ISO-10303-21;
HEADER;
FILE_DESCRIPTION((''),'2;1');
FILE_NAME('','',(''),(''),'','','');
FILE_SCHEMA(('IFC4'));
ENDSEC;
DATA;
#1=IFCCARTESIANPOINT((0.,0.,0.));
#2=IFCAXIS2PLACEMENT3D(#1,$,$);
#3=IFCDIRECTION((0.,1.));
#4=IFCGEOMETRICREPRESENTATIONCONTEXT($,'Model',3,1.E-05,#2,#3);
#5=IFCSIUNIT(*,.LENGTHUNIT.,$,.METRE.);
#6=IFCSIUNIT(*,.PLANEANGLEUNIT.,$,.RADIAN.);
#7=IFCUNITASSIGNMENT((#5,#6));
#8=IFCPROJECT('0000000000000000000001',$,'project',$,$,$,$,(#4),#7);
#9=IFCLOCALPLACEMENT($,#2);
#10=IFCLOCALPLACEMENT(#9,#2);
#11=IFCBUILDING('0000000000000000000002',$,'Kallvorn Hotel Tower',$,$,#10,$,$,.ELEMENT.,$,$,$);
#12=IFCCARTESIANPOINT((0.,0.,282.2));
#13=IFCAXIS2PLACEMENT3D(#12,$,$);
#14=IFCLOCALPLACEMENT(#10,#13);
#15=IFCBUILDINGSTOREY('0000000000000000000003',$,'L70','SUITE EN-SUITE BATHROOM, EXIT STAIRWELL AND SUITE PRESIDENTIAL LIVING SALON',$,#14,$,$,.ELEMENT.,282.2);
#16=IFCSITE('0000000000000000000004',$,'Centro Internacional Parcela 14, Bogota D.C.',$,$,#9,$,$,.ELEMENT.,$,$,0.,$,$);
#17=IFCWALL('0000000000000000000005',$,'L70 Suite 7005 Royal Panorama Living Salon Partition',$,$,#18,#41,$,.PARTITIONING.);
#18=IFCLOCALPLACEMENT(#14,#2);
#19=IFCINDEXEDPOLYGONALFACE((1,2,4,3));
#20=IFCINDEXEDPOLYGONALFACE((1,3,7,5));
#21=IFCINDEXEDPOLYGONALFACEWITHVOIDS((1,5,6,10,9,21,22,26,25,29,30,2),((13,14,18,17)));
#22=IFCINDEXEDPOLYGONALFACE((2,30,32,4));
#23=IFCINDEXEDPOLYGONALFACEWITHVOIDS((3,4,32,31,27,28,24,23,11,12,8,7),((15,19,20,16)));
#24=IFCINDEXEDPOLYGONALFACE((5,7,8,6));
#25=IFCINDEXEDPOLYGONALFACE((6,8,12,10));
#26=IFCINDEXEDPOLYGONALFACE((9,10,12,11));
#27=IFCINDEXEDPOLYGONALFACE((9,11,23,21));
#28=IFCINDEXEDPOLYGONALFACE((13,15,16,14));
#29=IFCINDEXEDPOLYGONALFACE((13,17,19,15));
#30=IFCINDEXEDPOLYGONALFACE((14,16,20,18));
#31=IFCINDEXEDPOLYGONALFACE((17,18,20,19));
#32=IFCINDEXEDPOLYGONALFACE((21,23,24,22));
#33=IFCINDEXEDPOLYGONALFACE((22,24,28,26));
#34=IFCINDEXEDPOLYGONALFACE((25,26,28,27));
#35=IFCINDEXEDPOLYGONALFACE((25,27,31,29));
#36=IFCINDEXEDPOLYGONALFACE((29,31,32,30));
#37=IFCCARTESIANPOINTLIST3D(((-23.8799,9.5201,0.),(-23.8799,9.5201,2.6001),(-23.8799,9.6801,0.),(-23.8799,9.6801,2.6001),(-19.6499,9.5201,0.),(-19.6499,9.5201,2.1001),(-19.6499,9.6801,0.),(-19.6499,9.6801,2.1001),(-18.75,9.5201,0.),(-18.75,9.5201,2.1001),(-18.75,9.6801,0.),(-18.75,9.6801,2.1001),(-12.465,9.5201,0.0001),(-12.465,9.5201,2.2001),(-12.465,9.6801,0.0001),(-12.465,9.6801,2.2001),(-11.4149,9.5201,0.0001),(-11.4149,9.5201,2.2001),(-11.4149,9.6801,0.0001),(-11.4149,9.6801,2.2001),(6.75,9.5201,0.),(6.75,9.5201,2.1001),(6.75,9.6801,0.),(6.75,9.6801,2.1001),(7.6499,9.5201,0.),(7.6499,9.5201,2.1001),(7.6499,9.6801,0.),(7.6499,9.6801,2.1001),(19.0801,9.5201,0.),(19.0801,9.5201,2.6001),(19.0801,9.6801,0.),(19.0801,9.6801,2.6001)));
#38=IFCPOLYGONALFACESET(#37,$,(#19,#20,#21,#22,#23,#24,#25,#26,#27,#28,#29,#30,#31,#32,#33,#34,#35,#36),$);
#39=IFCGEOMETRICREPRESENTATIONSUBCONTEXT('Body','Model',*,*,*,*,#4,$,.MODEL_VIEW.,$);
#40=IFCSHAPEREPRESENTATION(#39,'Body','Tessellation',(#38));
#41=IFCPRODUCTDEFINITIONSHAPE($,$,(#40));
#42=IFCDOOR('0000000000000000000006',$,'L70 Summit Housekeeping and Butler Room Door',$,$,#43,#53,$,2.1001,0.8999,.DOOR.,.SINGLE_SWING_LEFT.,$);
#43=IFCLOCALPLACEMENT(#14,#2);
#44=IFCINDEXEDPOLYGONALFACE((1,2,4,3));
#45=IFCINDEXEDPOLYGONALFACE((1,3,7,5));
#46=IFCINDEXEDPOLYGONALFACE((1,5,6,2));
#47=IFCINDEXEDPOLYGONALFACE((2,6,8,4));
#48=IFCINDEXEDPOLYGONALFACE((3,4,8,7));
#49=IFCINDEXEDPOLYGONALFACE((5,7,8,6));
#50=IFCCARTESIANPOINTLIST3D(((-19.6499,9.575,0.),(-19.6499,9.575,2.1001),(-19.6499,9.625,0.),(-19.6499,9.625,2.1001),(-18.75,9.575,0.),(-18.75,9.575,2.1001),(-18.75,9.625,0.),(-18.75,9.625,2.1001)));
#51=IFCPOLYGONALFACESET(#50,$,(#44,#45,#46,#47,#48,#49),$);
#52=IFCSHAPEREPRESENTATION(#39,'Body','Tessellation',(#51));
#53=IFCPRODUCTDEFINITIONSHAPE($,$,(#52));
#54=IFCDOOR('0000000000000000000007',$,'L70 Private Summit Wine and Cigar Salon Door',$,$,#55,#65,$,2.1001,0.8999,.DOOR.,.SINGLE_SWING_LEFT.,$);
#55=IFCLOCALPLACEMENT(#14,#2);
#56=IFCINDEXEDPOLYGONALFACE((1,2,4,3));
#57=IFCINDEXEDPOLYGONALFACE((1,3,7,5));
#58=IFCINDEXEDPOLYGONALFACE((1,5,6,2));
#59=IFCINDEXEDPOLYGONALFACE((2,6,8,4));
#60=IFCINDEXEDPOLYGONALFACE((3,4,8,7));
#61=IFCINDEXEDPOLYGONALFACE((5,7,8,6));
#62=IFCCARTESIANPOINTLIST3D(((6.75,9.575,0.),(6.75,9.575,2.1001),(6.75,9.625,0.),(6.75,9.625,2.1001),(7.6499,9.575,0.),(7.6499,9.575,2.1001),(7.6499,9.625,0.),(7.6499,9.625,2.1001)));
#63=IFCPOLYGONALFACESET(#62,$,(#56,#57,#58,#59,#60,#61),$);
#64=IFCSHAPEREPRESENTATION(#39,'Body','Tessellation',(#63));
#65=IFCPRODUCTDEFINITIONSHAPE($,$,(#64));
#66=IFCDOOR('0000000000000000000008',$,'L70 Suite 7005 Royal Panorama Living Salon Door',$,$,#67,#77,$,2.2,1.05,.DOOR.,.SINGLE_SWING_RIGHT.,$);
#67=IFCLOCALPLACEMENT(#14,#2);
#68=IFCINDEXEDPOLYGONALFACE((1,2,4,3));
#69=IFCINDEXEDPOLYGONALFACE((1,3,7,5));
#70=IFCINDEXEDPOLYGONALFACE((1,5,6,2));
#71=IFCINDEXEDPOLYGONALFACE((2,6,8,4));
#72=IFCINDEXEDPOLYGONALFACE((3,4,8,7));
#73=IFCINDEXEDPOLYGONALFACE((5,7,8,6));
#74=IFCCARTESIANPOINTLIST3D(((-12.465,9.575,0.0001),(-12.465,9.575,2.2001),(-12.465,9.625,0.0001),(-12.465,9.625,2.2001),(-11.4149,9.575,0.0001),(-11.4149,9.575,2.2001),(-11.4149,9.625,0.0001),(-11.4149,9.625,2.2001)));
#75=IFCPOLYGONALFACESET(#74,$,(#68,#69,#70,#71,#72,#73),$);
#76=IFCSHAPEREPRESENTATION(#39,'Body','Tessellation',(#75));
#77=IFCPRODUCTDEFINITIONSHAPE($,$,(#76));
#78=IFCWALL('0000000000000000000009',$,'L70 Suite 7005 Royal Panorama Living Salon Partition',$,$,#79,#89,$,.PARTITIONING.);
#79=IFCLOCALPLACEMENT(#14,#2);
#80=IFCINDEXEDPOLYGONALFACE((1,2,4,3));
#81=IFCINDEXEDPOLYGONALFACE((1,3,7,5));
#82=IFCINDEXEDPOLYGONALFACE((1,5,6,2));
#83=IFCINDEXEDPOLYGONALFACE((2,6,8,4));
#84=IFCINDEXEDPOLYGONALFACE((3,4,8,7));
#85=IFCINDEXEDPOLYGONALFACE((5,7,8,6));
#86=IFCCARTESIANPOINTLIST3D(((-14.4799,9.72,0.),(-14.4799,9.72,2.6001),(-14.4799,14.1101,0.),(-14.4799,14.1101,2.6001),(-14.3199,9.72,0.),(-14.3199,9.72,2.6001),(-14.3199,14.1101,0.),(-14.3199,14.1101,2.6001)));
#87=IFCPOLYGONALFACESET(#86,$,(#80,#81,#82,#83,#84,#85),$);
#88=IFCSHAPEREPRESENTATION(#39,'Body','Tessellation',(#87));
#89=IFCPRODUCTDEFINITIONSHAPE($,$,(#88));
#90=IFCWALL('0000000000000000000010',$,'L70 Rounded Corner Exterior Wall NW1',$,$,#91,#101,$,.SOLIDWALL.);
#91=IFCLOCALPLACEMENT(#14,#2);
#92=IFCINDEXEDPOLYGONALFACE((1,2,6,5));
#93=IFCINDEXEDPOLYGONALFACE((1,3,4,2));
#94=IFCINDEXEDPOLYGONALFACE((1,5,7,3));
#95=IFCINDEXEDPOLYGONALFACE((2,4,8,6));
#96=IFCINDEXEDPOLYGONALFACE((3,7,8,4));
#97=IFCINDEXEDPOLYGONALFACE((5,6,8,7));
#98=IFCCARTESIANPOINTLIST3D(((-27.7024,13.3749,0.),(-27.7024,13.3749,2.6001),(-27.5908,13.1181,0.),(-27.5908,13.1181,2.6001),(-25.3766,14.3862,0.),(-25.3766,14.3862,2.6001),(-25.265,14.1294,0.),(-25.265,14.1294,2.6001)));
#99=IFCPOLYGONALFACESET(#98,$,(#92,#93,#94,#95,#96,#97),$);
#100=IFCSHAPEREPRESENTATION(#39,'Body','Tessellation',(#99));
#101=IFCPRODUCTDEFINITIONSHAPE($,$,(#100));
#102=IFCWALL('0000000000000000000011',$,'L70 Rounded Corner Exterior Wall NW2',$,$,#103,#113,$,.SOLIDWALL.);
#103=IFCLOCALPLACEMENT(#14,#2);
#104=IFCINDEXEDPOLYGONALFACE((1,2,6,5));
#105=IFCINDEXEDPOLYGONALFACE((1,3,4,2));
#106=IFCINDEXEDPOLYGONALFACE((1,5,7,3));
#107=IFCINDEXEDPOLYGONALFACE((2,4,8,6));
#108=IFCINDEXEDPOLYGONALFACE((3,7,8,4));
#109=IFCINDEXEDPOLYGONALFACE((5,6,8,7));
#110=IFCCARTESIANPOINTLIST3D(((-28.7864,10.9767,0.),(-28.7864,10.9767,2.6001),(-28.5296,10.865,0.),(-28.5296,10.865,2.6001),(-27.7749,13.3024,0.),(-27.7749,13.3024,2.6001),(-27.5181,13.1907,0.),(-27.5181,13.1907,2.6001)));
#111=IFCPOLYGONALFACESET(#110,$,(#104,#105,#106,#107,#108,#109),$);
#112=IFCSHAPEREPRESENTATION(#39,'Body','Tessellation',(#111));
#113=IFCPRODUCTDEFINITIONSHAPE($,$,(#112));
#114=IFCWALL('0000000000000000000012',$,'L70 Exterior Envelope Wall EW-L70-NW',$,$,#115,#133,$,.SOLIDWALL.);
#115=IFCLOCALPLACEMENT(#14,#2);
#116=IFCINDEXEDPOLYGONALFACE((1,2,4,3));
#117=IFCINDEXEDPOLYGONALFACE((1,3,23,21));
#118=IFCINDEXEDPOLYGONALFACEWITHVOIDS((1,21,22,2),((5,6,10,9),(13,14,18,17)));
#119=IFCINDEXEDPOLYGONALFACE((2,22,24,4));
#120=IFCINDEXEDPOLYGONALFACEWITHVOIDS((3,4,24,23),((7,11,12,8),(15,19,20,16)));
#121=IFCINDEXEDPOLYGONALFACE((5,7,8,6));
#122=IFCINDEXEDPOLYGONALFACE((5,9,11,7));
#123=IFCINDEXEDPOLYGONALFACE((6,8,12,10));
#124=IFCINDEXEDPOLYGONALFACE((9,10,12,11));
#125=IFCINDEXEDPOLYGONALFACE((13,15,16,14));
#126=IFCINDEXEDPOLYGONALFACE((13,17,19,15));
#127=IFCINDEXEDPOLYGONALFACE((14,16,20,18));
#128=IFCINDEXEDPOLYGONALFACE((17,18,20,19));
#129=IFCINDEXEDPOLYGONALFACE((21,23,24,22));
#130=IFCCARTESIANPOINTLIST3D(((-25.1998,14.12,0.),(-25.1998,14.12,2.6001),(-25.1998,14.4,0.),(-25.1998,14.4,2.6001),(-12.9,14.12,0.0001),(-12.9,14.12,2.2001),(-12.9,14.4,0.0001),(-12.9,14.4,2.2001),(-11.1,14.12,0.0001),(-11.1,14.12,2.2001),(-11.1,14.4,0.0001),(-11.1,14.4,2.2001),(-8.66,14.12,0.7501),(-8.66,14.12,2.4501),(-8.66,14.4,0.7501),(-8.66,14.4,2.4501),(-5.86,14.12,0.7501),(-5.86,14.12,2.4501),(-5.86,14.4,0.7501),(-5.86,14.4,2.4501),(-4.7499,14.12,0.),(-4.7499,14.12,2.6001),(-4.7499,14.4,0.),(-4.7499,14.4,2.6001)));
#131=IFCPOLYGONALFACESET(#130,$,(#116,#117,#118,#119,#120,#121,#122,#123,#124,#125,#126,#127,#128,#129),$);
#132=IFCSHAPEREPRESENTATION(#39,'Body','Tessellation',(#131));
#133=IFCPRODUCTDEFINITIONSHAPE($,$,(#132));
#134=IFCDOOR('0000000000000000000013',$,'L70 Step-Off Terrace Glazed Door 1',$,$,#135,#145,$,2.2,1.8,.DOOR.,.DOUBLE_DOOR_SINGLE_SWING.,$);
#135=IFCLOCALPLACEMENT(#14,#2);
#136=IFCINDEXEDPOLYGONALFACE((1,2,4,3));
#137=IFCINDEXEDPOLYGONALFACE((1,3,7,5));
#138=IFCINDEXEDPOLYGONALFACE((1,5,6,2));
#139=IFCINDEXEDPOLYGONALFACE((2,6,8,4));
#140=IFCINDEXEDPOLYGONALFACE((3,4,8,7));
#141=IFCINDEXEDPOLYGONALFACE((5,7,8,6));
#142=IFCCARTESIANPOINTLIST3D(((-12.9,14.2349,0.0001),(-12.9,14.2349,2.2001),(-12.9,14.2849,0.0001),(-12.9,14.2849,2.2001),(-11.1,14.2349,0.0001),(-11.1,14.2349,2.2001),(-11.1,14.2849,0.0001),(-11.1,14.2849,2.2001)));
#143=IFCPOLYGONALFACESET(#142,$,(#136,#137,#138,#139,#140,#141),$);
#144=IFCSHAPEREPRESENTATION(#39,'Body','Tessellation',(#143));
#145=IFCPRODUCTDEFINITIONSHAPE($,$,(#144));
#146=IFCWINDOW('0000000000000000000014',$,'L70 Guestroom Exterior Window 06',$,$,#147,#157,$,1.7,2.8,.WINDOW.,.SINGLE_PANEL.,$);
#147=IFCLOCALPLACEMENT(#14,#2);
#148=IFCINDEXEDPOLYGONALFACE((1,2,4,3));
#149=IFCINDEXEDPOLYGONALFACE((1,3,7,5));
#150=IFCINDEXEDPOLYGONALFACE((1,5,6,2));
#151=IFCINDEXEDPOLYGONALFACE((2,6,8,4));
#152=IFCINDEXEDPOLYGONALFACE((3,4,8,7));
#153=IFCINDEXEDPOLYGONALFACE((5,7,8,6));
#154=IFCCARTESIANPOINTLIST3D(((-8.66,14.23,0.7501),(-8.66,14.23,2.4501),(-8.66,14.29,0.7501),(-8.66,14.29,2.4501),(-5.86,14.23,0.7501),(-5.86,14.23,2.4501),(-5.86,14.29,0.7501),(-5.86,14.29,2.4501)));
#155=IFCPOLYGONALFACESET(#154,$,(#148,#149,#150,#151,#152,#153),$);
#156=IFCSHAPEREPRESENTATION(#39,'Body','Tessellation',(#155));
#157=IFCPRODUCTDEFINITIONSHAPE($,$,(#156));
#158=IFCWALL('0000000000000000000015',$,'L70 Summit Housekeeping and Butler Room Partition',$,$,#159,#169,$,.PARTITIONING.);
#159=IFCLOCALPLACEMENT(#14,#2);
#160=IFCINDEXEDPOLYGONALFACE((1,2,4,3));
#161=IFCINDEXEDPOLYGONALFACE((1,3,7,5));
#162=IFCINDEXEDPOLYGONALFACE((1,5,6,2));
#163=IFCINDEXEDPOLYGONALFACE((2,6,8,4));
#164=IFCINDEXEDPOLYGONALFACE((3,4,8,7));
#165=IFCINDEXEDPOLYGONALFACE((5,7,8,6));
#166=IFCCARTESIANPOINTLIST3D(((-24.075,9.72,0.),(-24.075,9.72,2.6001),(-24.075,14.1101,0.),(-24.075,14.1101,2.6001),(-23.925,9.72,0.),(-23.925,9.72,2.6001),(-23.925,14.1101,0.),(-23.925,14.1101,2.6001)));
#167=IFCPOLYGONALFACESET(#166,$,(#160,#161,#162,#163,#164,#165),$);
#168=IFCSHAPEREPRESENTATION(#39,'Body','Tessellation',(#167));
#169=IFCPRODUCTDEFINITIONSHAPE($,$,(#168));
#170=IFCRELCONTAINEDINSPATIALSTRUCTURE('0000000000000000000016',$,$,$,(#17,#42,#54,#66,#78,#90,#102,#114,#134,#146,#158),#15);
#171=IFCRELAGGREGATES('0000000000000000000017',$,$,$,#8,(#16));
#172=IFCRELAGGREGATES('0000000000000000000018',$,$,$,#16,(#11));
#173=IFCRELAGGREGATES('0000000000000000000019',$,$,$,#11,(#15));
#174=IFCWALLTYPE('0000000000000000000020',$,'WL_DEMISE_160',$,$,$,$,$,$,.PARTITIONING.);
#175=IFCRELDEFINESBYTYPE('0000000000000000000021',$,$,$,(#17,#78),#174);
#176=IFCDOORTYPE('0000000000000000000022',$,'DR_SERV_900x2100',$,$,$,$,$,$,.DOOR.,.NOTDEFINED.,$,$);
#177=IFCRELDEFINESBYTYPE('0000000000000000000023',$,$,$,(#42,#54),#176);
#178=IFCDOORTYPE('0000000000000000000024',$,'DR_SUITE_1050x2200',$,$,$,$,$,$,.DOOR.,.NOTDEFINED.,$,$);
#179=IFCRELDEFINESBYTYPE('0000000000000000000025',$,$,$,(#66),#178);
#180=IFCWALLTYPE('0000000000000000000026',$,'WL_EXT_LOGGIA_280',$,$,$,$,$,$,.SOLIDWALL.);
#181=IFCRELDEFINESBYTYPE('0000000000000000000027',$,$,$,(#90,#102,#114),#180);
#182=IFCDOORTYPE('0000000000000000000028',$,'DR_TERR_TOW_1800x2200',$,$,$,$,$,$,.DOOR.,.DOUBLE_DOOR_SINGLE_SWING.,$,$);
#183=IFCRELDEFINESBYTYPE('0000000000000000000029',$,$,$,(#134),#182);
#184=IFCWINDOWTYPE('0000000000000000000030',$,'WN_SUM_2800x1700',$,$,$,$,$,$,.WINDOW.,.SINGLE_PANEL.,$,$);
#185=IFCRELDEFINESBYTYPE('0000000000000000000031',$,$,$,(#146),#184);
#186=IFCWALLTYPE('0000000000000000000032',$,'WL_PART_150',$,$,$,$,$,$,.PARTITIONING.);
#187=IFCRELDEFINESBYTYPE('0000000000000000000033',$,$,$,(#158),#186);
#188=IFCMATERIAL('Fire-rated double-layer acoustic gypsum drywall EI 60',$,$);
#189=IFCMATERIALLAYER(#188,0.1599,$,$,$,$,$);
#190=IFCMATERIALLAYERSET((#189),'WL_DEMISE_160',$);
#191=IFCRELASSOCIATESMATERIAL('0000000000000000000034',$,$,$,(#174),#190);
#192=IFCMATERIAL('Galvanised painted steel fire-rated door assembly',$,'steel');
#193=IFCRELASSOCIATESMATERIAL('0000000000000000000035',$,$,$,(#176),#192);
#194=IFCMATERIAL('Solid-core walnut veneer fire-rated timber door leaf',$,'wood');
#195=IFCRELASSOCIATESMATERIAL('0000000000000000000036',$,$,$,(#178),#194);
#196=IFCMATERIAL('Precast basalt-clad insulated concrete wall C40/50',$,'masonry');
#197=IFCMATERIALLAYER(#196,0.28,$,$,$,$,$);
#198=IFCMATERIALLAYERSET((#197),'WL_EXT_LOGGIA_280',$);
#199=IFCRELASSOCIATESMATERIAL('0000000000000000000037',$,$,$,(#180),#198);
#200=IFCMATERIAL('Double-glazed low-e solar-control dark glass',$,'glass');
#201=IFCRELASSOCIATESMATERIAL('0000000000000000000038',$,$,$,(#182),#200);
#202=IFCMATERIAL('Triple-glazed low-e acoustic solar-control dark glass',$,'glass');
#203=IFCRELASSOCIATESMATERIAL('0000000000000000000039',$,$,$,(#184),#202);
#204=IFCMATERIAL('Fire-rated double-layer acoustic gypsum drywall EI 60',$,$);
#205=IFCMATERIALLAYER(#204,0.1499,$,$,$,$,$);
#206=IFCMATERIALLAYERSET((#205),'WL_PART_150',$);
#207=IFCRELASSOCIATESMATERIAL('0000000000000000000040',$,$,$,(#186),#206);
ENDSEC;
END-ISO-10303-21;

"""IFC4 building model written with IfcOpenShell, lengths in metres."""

from ifc_helpers import new_model, si_unit, direction, frame, frame_2d, origin, place, context, subcontext, project, spatial, rectangle, extrude, material, layer, layer_set, type_object, element, fill, save


model = new_model("IFC4")

# Units and contexts
model_context = context("Model", 3, precision=1e-05, world=origin(), true_north=direction((0.0, 1.0)))
body_context = subcontext(model_context, "Body", "Model", "MODEL_VIEW")
ifc_project = project(units=[si_unit("LENGTHUNIT", "METRE"), si_unit("PLANEANGLEUNIT", "RADIAN")], contexts=[model_context])

# Site, building, storey
site_placement = place(None, origin())
site = spatial("IfcSite", under=ifc_project, at=site_placement, Name="Centro Internacional Parcela 14, Bogota D.C.", CompositionType="ELEMENT", RefElevation=0.0)
building_placement = place(site_placement, origin())
building = spatial("IfcBuilding", under=site, at=building_placement, Name="Kallvorn Hotel Tower", CompositionType="ELEMENT")
storey_placement = place(building_placement, frame((0.0, 0.0, 282.2)))
storey = spatial("IfcBuildingStorey", under=building, at=storey_placement, Name="L70", Description="SUITE EN-SUITE BATHROOM, EXIT STAIRWELL AND SUITE PRESIDENTIAL LIVING SALON", CompositionType="ELEMENT", Elevation=282.2)

# Wall, openings, doors
ifc_material_1 = material(Name="Fire-rated double-layer acoustic gypsum drywall EI 60")
ifc_layer_1 = layer(ifc_material_1, 0.1599)
ifc_layer_set_1 = layer_set([ifc_layer_1], Name="WL_DEMISE_160")
wall_type_1 = type_object("IfcWallType", Name="WL_DEMISE_160", PredefinedType="PARTITIONING", material=ifc_layer_set_1)
wall_1_placement = place(storey_placement, frame((-23.8799, 9.6001, 0.0), z_axis=(0.0, 0.0, 1.0), x_axis=(1.0, 0.0, 0.0)))
wall_1 = element("IfcWall", 1, at=wall_1_placement, inside=storey, type_object=wall_type_1, Name="L70 Suite 7005 Royal Panorama Living Salon Partition", PredefinedType="PARTITIONING", context=body_context, shape_type="SweptSolid", body=[
    extrude(rectangle(XDim=42.96, YDim=0.1599, at=frame_2d((21.48, 0.0))), origin(), (0.0, 0.0, 1.0), 2.6001),
])
opening_1_placement = place(wall_1_placement, frame((4.23, 0.0, 0.0)))
opening_1 = element("IfcOpeningElement", 2, at=opening_1_placement, cuts=wall_1, PredefinedType="OPENING", context=body_context, shape_type="SweptSolid", body=[
    extrude(rectangle(XDim=0.8999, YDim=2.1001, at=frame_2d((0.45, 1.05))), frame((0.0, 0.095, 0.0), z_axis=(0.0, -1.0, 0.0), x_axis=(1.0, 0.0, 0.0)), (0.0, 0.0, 1.0), 0.1899),
])
opening_2_placement = place(wall_1_placement, frame((11.415, 0.0, 0.0)))
opening_2 = element("IfcOpeningElement", 3, at=opening_2_placement, cuts=wall_1, PredefinedType="OPENING", context=body_context, shape_type="SweptSolid", body=[
    extrude(rectangle(XDim=1.05, YDim=2.2, at=frame_2d((0.5249, 1.1001))), frame((0.0, 0.095, 0.0), z_axis=(0.0, -1.0, 0.0), x_axis=(1.0, 0.0, 0.0)), (0.0, 0.0, 1.0), 0.1899),
])
opening_3_placement = place(wall_1_placement, frame((30.6299, 0.0, 0.0)))
opening_3 = element("IfcOpeningElement", 4, at=opening_3_placement, cuts=wall_1, PredefinedType="OPENING", context=body_context, shape_type="SweptSolid", body=[
    extrude(rectangle(XDim=0.8999, YDim=2.1001, at=frame_2d((0.45, 1.05))), frame((0.0, 0.095, 0.0), z_axis=(0.0, -1.0, 0.0), x_axis=(1.0, 0.0, 0.0)), (0.0, 0.0, 1.0), 0.1899),
])
ifc_material_2 = material(Name="Galvanised painted steel fire-rated door assembly", Category="steel")
door_type_1 = type_object("IfcDoorType", Name="DR_SERV_900x2100", OperationType="NOTDEFINED", PredefinedType="DOOR", material=ifc_material_2)
door_1_placement = place(opening_1_placement, origin())
door_1 = element("IfcDoor", 5, at=door_1_placement, inside=storey, type_object=door_type_1, Name="L70 Summit Housekeeping and Butler Room Door", OperationType="SINGLE_SWING_LEFT", OverallHeight=2.1001, OverallWidth=0.8999, PredefinedType="DOOR", context=body_context, shape_type="SweptSolid", body=[
    extrude(rectangle(XDim=0.8999, YDim=2.1001, at=frame_2d((0.45, 1.05))), frame((0.0, 0.0249, 0.0), z_axis=(0.0, -1.0, 0.0), x_axis=(1.0, 0.0, 0.0)), (0.0, 0.0, 1.0), 0.05),
])
fill(opening_1, door_1)
door_2_placement = place(opening_3_placement, origin())
door_2 = element("IfcDoor", 6, at=door_2_placement, inside=storey, type_object=door_type_1, Name="L70 Private Summit Wine and Cigar Salon Door", OperationType="SINGLE_SWING_LEFT", OverallHeight=2.1001, OverallWidth=0.8999, PredefinedType="DOOR", context=body_context, shape_type="SweptSolid", body=[
    extrude(rectangle(XDim=0.8999, YDim=2.1001, at=frame_2d((0.45, 1.05))), frame((0.0, 0.0249, 0.0), z_axis=(0.0, -1.0, 0.0), x_axis=(1.0, 0.0, 0.0)), (0.0, 0.0, 1.0), 0.05),
])
fill(opening_3, door_2)
ifc_material_3 = material(Name="Solid-core walnut veneer fire-rated timber door leaf", Category="wood")
door_type_2 = type_object("IfcDoorType", Name="DR_SUITE_1050x2200", OperationType="NOTDEFINED", PredefinedType="DOOR", material=ifc_material_3)
door_3_placement = place(opening_2_placement, origin())
door_3 = element("IfcDoor", 7, at=door_3_placement, inside=storey, type_object=door_type_2, Name="L70 Suite 7005 Royal Panorama Living Salon Door", OperationType="SINGLE_SWING_RIGHT", OverallHeight=2.2, OverallWidth=1.05, PredefinedType="DOOR", context=body_context, shape_type="SweptSolid", body=[
    extrude(rectangle(XDim=1.05, YDim=2.2, at=frame_2d((0.5249, 1.1001))), frame((0.0, 0.0249, 0.0), z_axis=(0.0, -1.0, 0.0), x_axis=(1.0, 0.0, 0.0)), (0.0, 0.0, 1.0), 0.05),
])
fill(opening_2, door_3)

# Walls
wall_2_placement = place(storey_placement, frame((-14.3999, 9.72, 0.0), z_axis=(0.0, 0.0, 1.0), x_axis=(0.0, 1.0, 0.0)))
element("IfcWall", 8, at=wall_2_placement, inside=storey, type_object=wall_type_1, Name="L70 Suite 7005 Royal Panorama Living Salon Partition", PredefinedType="PARTITIONING", context=body_context, shape_type="SweptSolid", body=[
    extrude(rectangle(XDim=4.3901, YDim=0.1599, at=frame_2d((2.1951, 0.0))), origin(), (0.0, 0.0, 1.0), 2.6001),
])
ifc_material_4 = material(Name="Precast basalt-clad insulated concrete wall C40/50", Category="masonry")
ifc_layer_2 = layer(ifc_material_4, 0.28)
ifc_layer_set_2 = layer_set([ifc_layer_2], Name="WL_EXT_LOGGIA_280")
wall_type_2 = type_object("IfcWallType", Name="WL_EXT_LOGGIA_280", PredefinedType="SOLIDWALL", material=ifc_layer_set_2)
for number, where, z_axis, x_axis, name in (
    (9, (-25.3208, 14.2578, 0.0), (0.0, 0.0, 1.0), (-0.917061, -0.398747, 0.0), "L70 Rounded Corner Exterior Wall NW1"),
    (10, (-27.6465, 13.2466, 0.0), (0.0, 0.0, 1.0), (-0.398828, -0.917026, 0.0), "L70 Rounded Corner Exterior Wall NW2"),
):
    element("IfcWall", number, at=place(storey_placement, frame(where, z_axis=z_axis, x_axis=x_axis)), inside=storey, type_object=wall_type_2, Name=name, PredefinedType="SOLIDWALL", context=body_context, shape_type="SweptSolid", body=[
        extrude(rectangle(XDim=2.5361, YDim=0.28, at=frame_2d((1.2681, 0.0))), origin(), (0.0, 0.0, 1.0), 2.6001),
    ])

# Wall, openings, door, window
wall_3_placement = place(storey_placement, frame((-25.2, 14.26, 0.0), z_axis=(0.0, 0.0, 1.0), x_axis=(1.0, 0.0, 0.0)))
wall_3 = element("IfcWall", 11, at=wall_3_placement, inside=storey, type_object=wall_type_2, Name="L70 Exterior Envelope Wall EW-L70-NW", PredefinedType="SOLIDWALL", context=body_context, shape_type="SweptSolid", body=[
    extrude(rectangle(XDim=20.45, YDim=0.28, at=frame_2d((10.2251, 0.0))), origin(), (0.0, 0.0, 1.0), 2.6001),
])
opening_4_placement = place(wall_3_placement, frame((12.3, 0.0, 0.0)))
opening_4 = element("IfcOpeningElement", 12, at=opening_4_placement, cuts=wall_3, PredefinedType="OPENING", context=body_context, shape_type="SweptSolid", body=[
    extrude(rectangle(XDim=1.8, YDim=2.2, at=frame_2d((0.8999, 1.1001))), frame((0.0, 0.155, 0.0), z_axis=(0.0, -1.0, 0.0), x_axis=(1.0, 0.0, 0.0)), (0.0, 0.0, 1.0), 0.3101),
])
opening_5_placement = place(wall_3_placement, frame((16.54, 0.0, 0.75)))
opening_5 = element("IfcOpeningElement", 13, at=opening_5_placement, cuts=wall_3, PredefinedType="OPENING", context=body_context, shape_type="SweptSolid", body=[
    extrude(rectangle(XDim=2.8, YDim=1.7, at=frame_2d((1.3999, 0.8501))), frame((0.0, 0.155, 0.0), z_axis=(0.0, -1.0, 0.0), x_axis=(1.0, 0.0, 0.0)), (0.0, 0.0, 1.0), 0.3101),
])
ifc_material_5 = material(Name="Double-glazed low-e solar-control dark glass", Category="glass")
door_type_3 = type_object("IfcDoorType", Name="DR_TERR_TOW_1800x2200", OperationType="DOUBLE_DOOR_SINGLE_SWING", PredefinedType="DOOR", material=ifc_material_5)
door_4_placement = place(opening_4_placement, origin())
door_4 = element("IfcDoor", 14, at=door_4_placement, inside=storey, type_object=door_type_3, Name="L70 Step-Off Terrace Glazed Door 1", OperationType="DOUBLE_DOOR_SINGLE_SWING", OverallHeight=2.2, OverallWidth=1.8, PredefinedType="DOOR", context=body_context, shape_type="SweptSolid", body=[
    extrude(rectangle(XDim=1.8, YDim=2.2, at=frame_2d((0.8999, 1.1001))), frame((0.0, 0.0249, 0.0), z_axis=(0.0, -1.0, 0.0), x_axis=(1.0, 0.0, 0.0)), (0.0, 0.0, 1.0), 0.05),
])
fill(opening_4, door_4)
ifc_material_6 = material(Name="Triple-glazed low-e acoustic solar-control dark glass", Category="glass")
window_type = type_object("IfcWindowType", Name="WN_SUM_2800x1700", PartitioningType="SINGLE_PANEL", PredefinedType="WINDOW", material=ifc_material_6)
window_placement = place(opening_5_placement, origin())
window = element("IfcWindow", 15, at=window_placement, inside=storey, type_object=window_type, Name="L70 Guestroom Exterior Window 06", OverallHeight=1.7, OverallWidth=2.8, PartitioningType="SINGLE_PANEL", PredefinedType="WINDOW", context=body_context, shape_type="SweptSolid", body=[
    extrude(rectangle(XDim=2.8, YDim=1.7, at=frame_2d((1.3999, 0.8501))), frame((0.0, 0.03, 0.0), z_axis=(0.0, -1.0, 0.0), x_axis=(1.0, 0.0, 0.0)), (0.0, 0.0, 1.0), 0.0601),
])
fill(opening_5, window)

# Wall
ifc_material_7 = material(Name="Fire-rated double-layer acoustic gypsum drywall EI 60")
ifc_layer_3 = layer(ifc_material_7, 0.1499)
ifc_layer_set_3 = layer_set([ifc_layer_3], Name="WL_PART_150")
wall_type_3 = type_object("IfcWallType", Name="WL_PART_150", PredefinedType="PARTITIONING", material=ifc_layer_set_3)
wall_4_placement = place(storey_placement, frame((-24.0, 9.72, 0.0), z_axis=(0.0, 0.0, 1.0), x_axis=(0.0, 1.0, 0.0)))
element("IfcWall", 16, at=wall_4_placement, inside=storey, type_object=wall_type_3, Name="L70 Summit Housekeeping and Butler Room Partition", PredefinedType="PARTITIONING", context=body_context, shape_type="SweptSolid", body=[
    extrude(rectangle(XDim=4.3901, YDim=0.1499, at=frame_2d((2.1951, 0.0))), origin(), (0.0, 0.0, 1.0), 2.6001),
])

save(model, "model.ifc")
